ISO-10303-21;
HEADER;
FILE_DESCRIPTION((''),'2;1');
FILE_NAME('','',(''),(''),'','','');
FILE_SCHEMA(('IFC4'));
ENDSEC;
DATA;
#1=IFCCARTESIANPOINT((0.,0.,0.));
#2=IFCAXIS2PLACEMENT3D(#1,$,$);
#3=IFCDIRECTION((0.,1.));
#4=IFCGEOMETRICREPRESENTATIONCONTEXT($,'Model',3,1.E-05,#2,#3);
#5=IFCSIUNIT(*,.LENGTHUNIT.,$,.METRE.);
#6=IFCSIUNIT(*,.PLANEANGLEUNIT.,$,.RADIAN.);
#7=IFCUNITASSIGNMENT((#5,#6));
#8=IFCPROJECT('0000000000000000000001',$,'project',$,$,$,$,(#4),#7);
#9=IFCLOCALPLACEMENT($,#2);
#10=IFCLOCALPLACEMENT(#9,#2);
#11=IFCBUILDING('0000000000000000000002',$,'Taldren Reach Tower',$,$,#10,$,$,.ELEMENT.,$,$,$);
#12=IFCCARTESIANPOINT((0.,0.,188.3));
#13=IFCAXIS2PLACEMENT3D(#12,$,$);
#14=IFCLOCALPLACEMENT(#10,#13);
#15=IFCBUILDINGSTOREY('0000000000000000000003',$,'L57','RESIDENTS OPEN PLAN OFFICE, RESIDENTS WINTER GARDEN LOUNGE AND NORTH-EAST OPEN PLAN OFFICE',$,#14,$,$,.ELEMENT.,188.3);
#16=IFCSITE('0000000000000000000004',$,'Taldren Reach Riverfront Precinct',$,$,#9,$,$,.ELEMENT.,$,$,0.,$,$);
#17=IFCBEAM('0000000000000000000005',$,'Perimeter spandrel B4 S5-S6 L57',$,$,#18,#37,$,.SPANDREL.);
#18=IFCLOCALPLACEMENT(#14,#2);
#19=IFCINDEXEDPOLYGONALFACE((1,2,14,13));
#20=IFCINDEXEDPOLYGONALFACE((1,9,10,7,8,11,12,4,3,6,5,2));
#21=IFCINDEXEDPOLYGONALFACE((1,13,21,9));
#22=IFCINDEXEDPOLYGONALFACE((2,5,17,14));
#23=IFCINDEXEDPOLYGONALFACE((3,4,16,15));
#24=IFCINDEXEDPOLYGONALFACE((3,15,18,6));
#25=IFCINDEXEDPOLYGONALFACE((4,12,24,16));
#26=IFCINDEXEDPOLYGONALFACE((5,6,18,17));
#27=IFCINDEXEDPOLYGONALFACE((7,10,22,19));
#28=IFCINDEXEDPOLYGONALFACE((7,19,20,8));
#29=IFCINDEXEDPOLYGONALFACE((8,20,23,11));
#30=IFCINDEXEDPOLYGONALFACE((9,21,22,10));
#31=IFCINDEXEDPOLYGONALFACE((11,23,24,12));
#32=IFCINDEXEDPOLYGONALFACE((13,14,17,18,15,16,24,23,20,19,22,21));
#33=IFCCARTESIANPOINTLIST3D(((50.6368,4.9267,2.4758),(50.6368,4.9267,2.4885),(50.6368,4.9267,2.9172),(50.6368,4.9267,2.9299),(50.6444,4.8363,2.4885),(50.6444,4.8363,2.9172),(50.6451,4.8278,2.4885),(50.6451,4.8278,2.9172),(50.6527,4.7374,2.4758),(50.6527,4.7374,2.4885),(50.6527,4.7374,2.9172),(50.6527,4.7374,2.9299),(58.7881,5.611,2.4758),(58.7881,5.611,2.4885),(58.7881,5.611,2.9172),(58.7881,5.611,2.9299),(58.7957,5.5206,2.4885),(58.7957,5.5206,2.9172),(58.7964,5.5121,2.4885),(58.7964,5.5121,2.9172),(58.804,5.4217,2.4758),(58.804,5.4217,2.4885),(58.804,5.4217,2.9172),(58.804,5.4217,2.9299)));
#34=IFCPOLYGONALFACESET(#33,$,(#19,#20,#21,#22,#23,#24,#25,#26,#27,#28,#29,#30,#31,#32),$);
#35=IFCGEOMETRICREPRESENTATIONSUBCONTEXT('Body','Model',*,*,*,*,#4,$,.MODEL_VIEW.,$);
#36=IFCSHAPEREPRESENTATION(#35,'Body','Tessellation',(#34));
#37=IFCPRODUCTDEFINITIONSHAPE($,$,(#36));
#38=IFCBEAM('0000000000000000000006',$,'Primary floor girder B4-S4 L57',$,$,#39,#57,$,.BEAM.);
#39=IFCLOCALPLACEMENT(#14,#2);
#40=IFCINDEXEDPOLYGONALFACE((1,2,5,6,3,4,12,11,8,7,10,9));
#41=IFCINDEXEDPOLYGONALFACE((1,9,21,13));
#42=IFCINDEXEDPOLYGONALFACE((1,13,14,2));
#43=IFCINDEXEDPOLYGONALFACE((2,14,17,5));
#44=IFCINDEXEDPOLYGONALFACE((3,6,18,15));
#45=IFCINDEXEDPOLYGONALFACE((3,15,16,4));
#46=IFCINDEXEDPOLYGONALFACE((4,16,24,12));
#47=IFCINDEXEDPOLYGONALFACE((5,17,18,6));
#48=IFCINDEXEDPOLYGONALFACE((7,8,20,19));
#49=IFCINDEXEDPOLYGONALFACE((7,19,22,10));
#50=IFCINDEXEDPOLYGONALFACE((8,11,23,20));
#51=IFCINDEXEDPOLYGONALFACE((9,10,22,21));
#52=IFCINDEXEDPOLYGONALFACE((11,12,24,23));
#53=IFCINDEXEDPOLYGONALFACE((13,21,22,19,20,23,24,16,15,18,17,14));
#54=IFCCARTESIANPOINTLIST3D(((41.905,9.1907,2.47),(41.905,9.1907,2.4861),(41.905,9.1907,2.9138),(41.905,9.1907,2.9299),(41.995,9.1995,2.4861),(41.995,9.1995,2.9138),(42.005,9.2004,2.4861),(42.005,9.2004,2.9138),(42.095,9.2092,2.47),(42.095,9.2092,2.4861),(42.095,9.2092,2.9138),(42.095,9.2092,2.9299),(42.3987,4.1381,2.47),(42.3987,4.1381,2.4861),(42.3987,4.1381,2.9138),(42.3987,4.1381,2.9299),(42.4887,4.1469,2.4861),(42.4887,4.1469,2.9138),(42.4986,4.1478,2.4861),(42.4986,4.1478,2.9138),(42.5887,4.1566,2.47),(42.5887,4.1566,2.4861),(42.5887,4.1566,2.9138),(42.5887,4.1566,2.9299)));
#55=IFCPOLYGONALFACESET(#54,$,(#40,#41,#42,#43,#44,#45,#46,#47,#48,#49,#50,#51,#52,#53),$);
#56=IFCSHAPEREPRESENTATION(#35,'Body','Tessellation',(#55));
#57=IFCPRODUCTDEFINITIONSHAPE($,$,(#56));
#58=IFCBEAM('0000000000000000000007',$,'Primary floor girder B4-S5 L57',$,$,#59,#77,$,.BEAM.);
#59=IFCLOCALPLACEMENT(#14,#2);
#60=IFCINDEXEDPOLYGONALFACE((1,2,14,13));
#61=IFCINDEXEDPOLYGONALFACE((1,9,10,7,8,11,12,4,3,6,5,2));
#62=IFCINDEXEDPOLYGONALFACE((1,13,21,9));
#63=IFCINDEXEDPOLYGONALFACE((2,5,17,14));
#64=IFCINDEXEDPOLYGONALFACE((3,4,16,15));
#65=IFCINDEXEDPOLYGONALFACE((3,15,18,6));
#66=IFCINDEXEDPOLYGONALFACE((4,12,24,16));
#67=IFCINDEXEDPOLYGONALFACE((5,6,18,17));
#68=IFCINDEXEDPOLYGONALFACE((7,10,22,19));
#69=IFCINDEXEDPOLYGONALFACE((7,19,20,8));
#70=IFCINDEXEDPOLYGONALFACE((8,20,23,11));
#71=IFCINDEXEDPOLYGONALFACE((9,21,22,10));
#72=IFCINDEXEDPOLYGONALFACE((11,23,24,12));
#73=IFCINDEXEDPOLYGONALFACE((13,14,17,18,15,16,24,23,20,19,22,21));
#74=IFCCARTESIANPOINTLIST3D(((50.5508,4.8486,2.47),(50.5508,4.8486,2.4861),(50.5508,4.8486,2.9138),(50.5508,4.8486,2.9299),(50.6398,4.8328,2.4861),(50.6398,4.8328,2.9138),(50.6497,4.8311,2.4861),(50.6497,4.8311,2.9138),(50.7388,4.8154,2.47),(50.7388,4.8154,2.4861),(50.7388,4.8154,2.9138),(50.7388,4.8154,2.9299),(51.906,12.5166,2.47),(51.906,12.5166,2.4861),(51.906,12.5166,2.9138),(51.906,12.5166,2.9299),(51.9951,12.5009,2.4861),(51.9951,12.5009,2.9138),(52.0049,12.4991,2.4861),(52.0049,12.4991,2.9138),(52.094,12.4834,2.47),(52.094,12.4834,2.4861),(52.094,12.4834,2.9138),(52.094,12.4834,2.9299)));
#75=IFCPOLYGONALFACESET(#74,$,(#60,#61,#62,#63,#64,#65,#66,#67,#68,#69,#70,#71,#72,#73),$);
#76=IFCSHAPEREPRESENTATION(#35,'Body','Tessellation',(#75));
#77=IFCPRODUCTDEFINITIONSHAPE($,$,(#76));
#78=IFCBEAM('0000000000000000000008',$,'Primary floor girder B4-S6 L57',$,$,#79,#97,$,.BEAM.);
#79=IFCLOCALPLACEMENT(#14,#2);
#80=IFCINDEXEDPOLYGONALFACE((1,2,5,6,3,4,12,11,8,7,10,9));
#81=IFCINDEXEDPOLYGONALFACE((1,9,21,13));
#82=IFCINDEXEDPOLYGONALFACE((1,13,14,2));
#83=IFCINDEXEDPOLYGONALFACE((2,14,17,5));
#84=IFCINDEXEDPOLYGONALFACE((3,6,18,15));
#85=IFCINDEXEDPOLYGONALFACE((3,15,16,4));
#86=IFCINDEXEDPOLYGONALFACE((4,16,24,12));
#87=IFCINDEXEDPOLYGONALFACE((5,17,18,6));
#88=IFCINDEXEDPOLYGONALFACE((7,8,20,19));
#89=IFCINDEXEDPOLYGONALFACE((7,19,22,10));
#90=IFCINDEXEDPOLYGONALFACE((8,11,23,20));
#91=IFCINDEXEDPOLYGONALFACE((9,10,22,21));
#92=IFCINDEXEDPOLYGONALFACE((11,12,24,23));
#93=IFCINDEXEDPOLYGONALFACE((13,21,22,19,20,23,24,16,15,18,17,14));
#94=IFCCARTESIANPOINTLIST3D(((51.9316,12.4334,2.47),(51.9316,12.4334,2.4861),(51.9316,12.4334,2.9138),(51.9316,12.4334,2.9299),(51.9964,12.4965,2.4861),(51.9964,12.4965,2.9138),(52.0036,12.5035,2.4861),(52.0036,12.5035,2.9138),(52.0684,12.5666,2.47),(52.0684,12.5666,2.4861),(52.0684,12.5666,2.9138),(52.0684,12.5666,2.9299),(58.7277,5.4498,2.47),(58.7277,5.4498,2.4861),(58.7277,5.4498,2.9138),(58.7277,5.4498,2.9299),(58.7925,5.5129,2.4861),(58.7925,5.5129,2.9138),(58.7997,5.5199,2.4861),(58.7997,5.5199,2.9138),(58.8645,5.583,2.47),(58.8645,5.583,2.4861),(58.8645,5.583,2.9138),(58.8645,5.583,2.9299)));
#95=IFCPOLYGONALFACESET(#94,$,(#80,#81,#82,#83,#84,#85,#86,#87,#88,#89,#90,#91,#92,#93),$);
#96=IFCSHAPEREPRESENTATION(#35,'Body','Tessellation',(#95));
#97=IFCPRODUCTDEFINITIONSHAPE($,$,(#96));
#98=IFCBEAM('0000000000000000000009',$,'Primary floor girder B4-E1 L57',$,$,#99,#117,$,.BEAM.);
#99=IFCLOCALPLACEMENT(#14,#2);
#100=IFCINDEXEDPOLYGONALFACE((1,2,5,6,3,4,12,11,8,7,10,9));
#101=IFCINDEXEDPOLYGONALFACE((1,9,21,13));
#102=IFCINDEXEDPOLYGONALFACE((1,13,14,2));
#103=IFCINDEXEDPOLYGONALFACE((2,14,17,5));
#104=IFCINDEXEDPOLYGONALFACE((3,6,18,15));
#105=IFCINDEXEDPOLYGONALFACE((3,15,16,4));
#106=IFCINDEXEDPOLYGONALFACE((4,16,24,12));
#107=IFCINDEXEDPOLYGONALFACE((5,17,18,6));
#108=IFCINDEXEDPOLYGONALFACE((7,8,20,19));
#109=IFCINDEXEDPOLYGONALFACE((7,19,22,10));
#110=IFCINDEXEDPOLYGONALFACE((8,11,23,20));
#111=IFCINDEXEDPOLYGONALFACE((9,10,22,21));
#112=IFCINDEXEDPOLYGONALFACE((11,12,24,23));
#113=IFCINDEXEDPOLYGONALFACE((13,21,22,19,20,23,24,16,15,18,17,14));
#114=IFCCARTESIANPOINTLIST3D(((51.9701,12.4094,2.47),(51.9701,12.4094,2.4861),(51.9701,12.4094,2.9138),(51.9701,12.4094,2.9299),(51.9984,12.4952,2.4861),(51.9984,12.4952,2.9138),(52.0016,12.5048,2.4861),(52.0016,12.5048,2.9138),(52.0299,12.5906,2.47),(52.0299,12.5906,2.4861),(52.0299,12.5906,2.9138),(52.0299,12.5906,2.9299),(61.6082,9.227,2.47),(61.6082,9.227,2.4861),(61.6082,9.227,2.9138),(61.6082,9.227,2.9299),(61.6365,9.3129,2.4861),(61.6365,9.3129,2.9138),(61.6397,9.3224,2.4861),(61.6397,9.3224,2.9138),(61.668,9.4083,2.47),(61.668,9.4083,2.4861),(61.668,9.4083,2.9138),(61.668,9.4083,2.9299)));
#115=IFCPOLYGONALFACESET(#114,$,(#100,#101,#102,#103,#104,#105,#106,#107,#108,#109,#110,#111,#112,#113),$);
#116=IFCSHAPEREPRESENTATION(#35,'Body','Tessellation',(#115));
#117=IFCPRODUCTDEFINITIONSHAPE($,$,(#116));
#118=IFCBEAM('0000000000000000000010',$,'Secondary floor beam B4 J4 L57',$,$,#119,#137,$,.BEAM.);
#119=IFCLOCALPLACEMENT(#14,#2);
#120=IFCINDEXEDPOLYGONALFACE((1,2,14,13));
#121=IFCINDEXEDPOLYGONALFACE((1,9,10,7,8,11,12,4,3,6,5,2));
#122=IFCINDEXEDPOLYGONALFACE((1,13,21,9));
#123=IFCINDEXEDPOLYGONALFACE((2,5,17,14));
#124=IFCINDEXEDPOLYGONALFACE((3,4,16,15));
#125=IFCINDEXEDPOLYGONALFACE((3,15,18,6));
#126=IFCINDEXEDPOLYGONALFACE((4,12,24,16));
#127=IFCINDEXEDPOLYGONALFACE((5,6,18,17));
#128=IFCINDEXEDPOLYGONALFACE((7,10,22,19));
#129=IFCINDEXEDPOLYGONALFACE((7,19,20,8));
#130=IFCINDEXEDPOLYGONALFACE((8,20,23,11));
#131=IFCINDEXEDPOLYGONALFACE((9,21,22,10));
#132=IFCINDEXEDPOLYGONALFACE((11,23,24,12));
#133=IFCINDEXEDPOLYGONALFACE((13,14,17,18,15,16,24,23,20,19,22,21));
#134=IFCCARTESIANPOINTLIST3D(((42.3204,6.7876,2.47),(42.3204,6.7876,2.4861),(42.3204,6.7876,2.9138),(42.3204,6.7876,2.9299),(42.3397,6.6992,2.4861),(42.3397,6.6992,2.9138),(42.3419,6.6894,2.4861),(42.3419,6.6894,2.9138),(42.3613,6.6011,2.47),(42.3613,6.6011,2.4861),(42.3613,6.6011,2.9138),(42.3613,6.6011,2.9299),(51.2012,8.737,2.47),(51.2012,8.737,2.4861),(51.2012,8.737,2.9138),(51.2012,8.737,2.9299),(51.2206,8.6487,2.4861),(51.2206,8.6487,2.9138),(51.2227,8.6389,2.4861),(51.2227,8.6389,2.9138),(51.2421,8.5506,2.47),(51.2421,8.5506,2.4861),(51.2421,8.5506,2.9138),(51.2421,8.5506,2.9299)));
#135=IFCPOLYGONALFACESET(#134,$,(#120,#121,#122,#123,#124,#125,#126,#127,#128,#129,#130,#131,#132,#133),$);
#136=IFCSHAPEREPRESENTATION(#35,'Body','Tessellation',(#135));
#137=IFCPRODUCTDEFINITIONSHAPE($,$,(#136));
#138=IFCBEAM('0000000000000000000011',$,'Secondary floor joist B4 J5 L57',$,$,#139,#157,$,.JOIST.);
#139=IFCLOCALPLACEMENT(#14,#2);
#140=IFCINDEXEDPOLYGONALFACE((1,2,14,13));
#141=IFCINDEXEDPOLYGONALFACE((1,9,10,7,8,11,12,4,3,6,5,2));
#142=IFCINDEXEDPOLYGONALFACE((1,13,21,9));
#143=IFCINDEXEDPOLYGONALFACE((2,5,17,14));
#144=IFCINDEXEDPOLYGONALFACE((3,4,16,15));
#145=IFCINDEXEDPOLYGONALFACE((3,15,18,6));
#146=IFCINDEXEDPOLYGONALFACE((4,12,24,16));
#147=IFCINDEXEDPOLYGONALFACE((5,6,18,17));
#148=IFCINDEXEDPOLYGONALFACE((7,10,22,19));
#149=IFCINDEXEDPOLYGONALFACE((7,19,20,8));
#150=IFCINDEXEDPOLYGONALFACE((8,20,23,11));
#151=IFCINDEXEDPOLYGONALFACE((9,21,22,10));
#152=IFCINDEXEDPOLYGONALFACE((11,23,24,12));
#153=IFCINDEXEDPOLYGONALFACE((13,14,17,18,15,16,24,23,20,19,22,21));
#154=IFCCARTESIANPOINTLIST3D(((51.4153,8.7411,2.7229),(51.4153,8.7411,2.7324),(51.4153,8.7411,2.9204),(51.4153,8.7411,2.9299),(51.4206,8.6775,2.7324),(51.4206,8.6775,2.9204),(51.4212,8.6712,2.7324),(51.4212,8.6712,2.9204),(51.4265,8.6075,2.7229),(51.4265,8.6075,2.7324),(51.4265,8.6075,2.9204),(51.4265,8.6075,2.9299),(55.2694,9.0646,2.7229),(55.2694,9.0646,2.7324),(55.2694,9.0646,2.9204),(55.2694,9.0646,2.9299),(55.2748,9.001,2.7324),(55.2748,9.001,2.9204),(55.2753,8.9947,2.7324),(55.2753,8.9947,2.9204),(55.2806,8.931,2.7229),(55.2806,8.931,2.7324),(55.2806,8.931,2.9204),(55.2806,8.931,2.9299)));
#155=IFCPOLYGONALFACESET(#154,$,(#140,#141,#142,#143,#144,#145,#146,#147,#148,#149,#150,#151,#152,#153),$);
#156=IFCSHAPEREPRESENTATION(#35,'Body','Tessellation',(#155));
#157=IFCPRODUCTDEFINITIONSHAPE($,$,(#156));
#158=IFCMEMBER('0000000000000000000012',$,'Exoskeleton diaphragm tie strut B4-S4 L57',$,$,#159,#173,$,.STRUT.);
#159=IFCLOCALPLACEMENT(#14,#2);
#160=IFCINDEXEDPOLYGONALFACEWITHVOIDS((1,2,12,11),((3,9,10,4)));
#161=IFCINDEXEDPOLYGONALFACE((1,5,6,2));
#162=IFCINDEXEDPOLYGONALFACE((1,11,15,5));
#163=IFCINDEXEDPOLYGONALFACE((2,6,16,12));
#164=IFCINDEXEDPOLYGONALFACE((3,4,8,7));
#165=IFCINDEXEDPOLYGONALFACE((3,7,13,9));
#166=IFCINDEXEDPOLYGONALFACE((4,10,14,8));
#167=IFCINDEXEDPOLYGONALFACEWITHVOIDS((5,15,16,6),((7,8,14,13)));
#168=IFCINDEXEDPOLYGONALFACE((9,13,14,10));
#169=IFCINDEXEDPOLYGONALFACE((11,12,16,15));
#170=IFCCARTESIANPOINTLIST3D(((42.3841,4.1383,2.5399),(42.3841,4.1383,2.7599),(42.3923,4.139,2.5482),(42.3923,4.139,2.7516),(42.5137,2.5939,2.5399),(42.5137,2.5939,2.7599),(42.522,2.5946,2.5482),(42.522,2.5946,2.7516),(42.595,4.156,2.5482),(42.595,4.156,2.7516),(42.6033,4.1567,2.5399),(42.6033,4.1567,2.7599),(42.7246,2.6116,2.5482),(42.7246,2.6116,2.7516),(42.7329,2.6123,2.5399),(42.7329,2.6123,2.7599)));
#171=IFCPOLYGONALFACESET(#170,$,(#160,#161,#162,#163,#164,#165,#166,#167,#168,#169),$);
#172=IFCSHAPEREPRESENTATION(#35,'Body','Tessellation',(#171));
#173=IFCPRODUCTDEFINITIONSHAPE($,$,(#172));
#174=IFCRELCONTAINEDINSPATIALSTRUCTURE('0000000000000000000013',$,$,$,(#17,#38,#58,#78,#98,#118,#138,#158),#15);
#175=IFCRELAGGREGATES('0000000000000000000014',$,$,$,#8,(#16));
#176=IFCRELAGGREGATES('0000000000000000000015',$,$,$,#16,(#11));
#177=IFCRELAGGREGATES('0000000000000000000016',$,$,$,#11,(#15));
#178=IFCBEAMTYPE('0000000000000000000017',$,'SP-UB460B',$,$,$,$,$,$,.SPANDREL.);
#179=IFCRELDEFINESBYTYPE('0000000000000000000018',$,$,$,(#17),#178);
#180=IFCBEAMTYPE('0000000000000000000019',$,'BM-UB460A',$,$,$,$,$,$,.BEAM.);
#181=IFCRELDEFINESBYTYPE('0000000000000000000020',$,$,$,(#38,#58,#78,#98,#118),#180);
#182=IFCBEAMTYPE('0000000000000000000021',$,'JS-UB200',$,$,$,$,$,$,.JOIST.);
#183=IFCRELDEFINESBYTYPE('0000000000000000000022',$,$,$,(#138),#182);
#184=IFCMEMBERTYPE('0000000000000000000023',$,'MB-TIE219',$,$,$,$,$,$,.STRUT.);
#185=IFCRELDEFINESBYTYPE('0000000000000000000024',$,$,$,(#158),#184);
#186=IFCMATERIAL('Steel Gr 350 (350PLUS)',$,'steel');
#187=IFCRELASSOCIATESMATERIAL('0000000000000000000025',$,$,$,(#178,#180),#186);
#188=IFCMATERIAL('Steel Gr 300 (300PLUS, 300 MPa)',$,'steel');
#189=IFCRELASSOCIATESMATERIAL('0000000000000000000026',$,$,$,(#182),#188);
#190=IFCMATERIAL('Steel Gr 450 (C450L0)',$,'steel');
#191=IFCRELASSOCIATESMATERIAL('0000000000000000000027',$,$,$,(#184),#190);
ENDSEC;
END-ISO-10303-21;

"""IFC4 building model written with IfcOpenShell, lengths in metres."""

from ifc_helpers import new_model, si_unit, direction, frame, origin, origin_2d, place, context, subcontext, project, spatial, hollow_rectangle, i_section, extrude, source, transform, mapped, material, material_profile, profile_set, type_object, element, save


model = new_model("IFC4")

# Units and contexts
model_context = context("Model", 3, precision=1e-05, world=origin(), true_north=direction((0.0, 1.0)))
body_context = subcontext(model_context, "Body", "Model", "MODEL_VIEW")
ifc_project = project(units=[si_unit("LENGTHUNIT", "METRE"), si_unit("PLANEANGLEUNIT", "RADIAN")], contexts=[model_context])

# Site, building, storey
site_placement = place(None, origin())
site = spatial("IfcSite", under=ifc_project, at=site_placement, Name="Taldren Reach Riverfront Precinct", CompositionType="ELEMENT", RefElevation=0.0)
building_placement = place(site_placement, origin())
building = spatial("IfcBuilding", under=site, at=building_placement, Name="Taldren Reach Tower", CompositionType="ELEMENT")
storey_placement = place(building_placement, frame((0.0, 0.0, 188.3)))
storey = spatial("IfcBuildingStorey", under=building, at=storey_placement, Name="L57", Description="RESIDENTS OPEN PLAN OFFICE, RESIDENTS WINTER GARDEN LOUNGE AND NORTH-EAST OPEN PLAN OFFICE", CompositionType="ELEMENT", Elevation=188.3)

# Shared definitions
ifc_material_1 = material(Name="Steel Gr 350 (350PLUS)", Category="steel")
ifc_material_2 = material(Name="Steel Gr 450 (C450L0)", Category="steel")

# Beams
ifc_material_profile_1 = material_profile(ifc_material_1, i_section(OverallWidth=0.1899, OverallDepth=0.4541, WebThickness=0.0085, FlangeThickness=0.0127, at=origin_2d()), Name="460UB67.1")
ifc_profile_set_1 = profile_set([ifc_material_profile_1], Name="Steel Gr 350 (350PLUS)")
beam_type_1 = type_object("IfcBeamType", Name="SP-UB460B", PredefinedType="SPANDREL", material=ifc_profile_set_1)
shared_shape_1 = source(origin(), body_context, "Body", "SweptSolid", [
    extrude(i_section(OverallWidth=0.1899, OverallDepth=0.4541, WebThickness=0.0085, FlangeThickness=0.0127, at=origin_2d()), origin(), (0.0, 0.0, 1.0), 8.1799),
])
beam_1_placement = place(storey_placement, frame((50.6448, 4.832, 2.7029), z_axis=(0.996495, 0.083658, 0.0), x_axis=(-0.083658, 0.996495, 0.0)))
element("IfcBeam", 1, at=beam_1_placement, inside=storey, type_object=beam_type_1, Name="Perimeter spandrel B4 S5-S6 L57", PredefinedType="SPANDREL", context=body_context, shape_type="MappedRepresentation", body=[
    mapped(shared_shape_1, transform((0.0, 0.0, 0.0), scale=1.0)),
])
ifc_material_profile_2 = material_profile(ifc_material_1, i_section(OverallWidth=0.1909, OverallDepth=0.46, WebThickness=0.01, FlangeThickness=0.0161, at=origin_2d()), Name="460UB82.1")
ifc_profile_set_2 = profile_set([ifc_material_profile_2], Name="Steel Gr 350 (350PLUS)")
beam_type_2 = type_object("IfcBeamType", Name="BM-UB460A", PredefinedType="BEAM", material=ifc_profile_set_2)
shared_shape_2 = source(origin(), body_context, "Body", "SweptSolid", [
    extrude(i_section(OverallWidth=0.1909, OverallDepth=0.46, WebThickness=0.01, FlangeThickness=0.0161, at=origin_2d()), origin(), (0.0, 0.0, 1.0), 5.0767),
])
beam_2_placement = place(storey_placement, frame((42.0, 9.2, 2.7), z_axis=(0.097242, -0.995261, 0.0), x_axis=(0.995261, 0.097242, 0.0)))
element("IfcBeam", 2, at=beam_2_placement, inside=storey, type_object=beam_type_2, Name="Primary floor girder B4-S4 L57", PredefinedType="BEAM", context=body_context, shape_type="MappedRepresentation", body=[
    mapped(shared_shape_2, transform((0.0, 0.0, 0.0), scale=1.0)),
])
shared_shape_3 = source(origin(), body_context, "Body", "SweptSolid", [
    extrude(i_section(OverallWidth=0.1909, OverallDepth=0.46, WebThickness=0.01, FlangeThickness=0.0161, at=origin_2d()), origin(), (0.0, 0.0, 1.0), 7.7869),
])
beam_3_placement = place(storey_placement, frame((52.0, 12.5, 2.7), z_axis=(-0.174041, -0.984738, 0.0), x_axis=(0.984738, -0.174041, 0.0)))
element("IfcBeam", 3, at=beam_3_placement, inside=storey, type_object=beam_type_2, Name="Primary floor girder B4-S5 L57", PredefinedType="BEAM", context=body_context, shape_type="MappedRepresentation", body=[
    mapped(shared_shape_3, transform((0.0, 0.0, 0.0), scale=1.0)),
])
shared_shape_4 = source(origin(), body_context, "Body", "SweptSolid", [
    extrude(i_section(OverallWidth=0.1909, OverallDepth=0.46, WebThickness=0.01, FlangeThickness=0.0161, at=origin_2d()), origin(), (0.0, 0.0, 1.0), 9.7446),
])
beam_4_placement = place(storey_placement, frame((52.0, 12.5, 2.7), z_axis=(0.697421, -0.716662, 0.0), x_axis=(0.716662, 0.697421, 0.0)))
element("IfcBeam", 4, at=beam_4_placement, inside=storey, type_object=beam_type_2, Name="Primary floor girder B4-S6 L57", PredefinedType="BEAM", context=body_context, shape_type="MappedRepresentation", body=[
    mapped(shared_shape_4, transform((0.0, 0.0, 0.0), scale=1.0)),
])
shared_shape_5 = source(origin(), body_context, "Body", "SweptSolid", [
    extrude(i_section(OverallWidth=0.1909, OverallDepth=0.46, WebThickness=0.01, FlangeThickness=0.0161, at=origin_2d()), origin(), (0.0, 0.0, 1.0), 10.1499),
])
beam_5_placement = place(storey_placement, frame((52.0, 12.5, 2.7), z_axis=(0.949577, -0.313535, 0.0), x_axis=(0.313535, 0.949577, 0.0)))
element("IfcBeam", 5, at=beam_5_placement, inside=storey, type_object=beam_type_2, Name="Primary floor girder B4-E1 L57", PredefinedType="BEAM", context=body_context, shape_type="MappedRepresentation", body=[
    mapped(shared_shape_5, transform((0.0, 0.0, 0.0), scale=1.0)),
])
shared_shape_6 = source(origin(), body_context, "Body", "SweptSolid", [
    extrude(i_section(OverallWidth=0.1909, OverallDepth=0.46, WebThickness=0.01, FlangeThickness=0.0161, at=origin_2d()), origin(), (0.0, 0.0, 1.0), 9.0923),
])
beam_6_placement = place(storey_placement, frame((42.3408, 6.6943, 2.7), z_axis=(0.976744, 0.214408, 0.0), x_axis=(-0.214408, 0.976744, 0.0)))
element("IfcBeam", 6, at=beam_6_placement, inside=storey, type_object=beam_type_2, Name="Secondary floor beam B4 J4 L57", PredefinedType="BEAM", context=body_context, shape_type="MappedRepresentation", body=[
    mapped(shared_shape_6, transform((0.0, 0.0, 0.0), scale=1.0)),
])
ifc_material_3 = material(Name="Steel Gr 300 (300PLUS, 300 MPa)", Category="steel")
ifc_material_profile_3 = material_profile(ifc_material_3, i_section(OverallWidth=0.134, OverallDepth=0.207, WebThickness=0.0063, FlangeThickness=0.0095, at=origin_2d()), Name="200UB29.8")
ifc_profile_set_3 = profile_set([ifc_material_profile_3], Name="Steel Gr 300 (300PLUS, 300 MPa)")
beam_type_3 = type_object("IfcBeamType", Name="JS-UB200", PredefinedType="JOIST", material=ifc_profile_set_3)
shared_shape_7 = source(origin(), body_context, "Body", "SweptSolid", [
    extrude(i_section(OverallWidth=0.134, OverallDepth=0.207, WebThickness=0.0063, FlangeThickness=0.0095, at=origin_2d()), origin(), (0.0, 0.0, 1.0), 3.8677),
])
beam_7_placement = place(storey_placement, frame((51.4209, 8.6743, 2.8264), z_axis=(0.996496, 0.083641, 0.0), x_axis=(-0.083641, 0.996496, 0.0)))
element("IfcBeam", 7, at=beam_7_placement, inside=storey, type_object=beam_type_3, Name="Secondary floor joist B4 J5 L57", PredefinedType="JOIST", context=body_context, shape_type="MappedRepresentation", body=[
    mapped(shared_shape_7, transform((0.0, 0.0, 0.0), scale=1.0)),
])

# Member
ifc_material_profile_4 = material_profile(ifc_material_2, hollow_rectangle(XDim=0.22, YDim=0.22, WallThickness=0.0083, at=origin_2d()), Name="220x220x8.2SHS")
ifc_profile_set_4 = profile_set([ifc_material_profile_4], Name="Steel Gr 450 (C450L0)")
member_type_1 = type_object("IfcMemberType", Name="MB-TIE219", PredefinedType="STRUT", material=ifc_profile_set_4)
shared_shape_8 = source(origin(), body_context, "Body", "SweptSolid", [
    extrude(hollow_rectangle(XDim=0.22, YDim=0.22, WallThickness=0.0083, at=origin_2d()), origin(), (0.0, 0.0, 1.0), 1.5498),
])
member_1_placement = place(storey_placement, frame((42.4937, 4.1475, 2.6499), z_axis=(0.083645, -0.996496, 0.0), x_axis=(0.996496, 0.083645, 0.0)))
element("IfcMember", 8, at=member_1_placement, inside=storey, type_object=member_type_1, Name="Exoskeleton diaphragm tie strut B4-S4 L57", PredefinedType="STRUT", context=body_context, shape_type="MappedRepresentation", body=[
    mapped(shared_shape_8, transform((0.0, 0.0, 0.0), scale=1.0)),
])

save(model, "model.ifc")
